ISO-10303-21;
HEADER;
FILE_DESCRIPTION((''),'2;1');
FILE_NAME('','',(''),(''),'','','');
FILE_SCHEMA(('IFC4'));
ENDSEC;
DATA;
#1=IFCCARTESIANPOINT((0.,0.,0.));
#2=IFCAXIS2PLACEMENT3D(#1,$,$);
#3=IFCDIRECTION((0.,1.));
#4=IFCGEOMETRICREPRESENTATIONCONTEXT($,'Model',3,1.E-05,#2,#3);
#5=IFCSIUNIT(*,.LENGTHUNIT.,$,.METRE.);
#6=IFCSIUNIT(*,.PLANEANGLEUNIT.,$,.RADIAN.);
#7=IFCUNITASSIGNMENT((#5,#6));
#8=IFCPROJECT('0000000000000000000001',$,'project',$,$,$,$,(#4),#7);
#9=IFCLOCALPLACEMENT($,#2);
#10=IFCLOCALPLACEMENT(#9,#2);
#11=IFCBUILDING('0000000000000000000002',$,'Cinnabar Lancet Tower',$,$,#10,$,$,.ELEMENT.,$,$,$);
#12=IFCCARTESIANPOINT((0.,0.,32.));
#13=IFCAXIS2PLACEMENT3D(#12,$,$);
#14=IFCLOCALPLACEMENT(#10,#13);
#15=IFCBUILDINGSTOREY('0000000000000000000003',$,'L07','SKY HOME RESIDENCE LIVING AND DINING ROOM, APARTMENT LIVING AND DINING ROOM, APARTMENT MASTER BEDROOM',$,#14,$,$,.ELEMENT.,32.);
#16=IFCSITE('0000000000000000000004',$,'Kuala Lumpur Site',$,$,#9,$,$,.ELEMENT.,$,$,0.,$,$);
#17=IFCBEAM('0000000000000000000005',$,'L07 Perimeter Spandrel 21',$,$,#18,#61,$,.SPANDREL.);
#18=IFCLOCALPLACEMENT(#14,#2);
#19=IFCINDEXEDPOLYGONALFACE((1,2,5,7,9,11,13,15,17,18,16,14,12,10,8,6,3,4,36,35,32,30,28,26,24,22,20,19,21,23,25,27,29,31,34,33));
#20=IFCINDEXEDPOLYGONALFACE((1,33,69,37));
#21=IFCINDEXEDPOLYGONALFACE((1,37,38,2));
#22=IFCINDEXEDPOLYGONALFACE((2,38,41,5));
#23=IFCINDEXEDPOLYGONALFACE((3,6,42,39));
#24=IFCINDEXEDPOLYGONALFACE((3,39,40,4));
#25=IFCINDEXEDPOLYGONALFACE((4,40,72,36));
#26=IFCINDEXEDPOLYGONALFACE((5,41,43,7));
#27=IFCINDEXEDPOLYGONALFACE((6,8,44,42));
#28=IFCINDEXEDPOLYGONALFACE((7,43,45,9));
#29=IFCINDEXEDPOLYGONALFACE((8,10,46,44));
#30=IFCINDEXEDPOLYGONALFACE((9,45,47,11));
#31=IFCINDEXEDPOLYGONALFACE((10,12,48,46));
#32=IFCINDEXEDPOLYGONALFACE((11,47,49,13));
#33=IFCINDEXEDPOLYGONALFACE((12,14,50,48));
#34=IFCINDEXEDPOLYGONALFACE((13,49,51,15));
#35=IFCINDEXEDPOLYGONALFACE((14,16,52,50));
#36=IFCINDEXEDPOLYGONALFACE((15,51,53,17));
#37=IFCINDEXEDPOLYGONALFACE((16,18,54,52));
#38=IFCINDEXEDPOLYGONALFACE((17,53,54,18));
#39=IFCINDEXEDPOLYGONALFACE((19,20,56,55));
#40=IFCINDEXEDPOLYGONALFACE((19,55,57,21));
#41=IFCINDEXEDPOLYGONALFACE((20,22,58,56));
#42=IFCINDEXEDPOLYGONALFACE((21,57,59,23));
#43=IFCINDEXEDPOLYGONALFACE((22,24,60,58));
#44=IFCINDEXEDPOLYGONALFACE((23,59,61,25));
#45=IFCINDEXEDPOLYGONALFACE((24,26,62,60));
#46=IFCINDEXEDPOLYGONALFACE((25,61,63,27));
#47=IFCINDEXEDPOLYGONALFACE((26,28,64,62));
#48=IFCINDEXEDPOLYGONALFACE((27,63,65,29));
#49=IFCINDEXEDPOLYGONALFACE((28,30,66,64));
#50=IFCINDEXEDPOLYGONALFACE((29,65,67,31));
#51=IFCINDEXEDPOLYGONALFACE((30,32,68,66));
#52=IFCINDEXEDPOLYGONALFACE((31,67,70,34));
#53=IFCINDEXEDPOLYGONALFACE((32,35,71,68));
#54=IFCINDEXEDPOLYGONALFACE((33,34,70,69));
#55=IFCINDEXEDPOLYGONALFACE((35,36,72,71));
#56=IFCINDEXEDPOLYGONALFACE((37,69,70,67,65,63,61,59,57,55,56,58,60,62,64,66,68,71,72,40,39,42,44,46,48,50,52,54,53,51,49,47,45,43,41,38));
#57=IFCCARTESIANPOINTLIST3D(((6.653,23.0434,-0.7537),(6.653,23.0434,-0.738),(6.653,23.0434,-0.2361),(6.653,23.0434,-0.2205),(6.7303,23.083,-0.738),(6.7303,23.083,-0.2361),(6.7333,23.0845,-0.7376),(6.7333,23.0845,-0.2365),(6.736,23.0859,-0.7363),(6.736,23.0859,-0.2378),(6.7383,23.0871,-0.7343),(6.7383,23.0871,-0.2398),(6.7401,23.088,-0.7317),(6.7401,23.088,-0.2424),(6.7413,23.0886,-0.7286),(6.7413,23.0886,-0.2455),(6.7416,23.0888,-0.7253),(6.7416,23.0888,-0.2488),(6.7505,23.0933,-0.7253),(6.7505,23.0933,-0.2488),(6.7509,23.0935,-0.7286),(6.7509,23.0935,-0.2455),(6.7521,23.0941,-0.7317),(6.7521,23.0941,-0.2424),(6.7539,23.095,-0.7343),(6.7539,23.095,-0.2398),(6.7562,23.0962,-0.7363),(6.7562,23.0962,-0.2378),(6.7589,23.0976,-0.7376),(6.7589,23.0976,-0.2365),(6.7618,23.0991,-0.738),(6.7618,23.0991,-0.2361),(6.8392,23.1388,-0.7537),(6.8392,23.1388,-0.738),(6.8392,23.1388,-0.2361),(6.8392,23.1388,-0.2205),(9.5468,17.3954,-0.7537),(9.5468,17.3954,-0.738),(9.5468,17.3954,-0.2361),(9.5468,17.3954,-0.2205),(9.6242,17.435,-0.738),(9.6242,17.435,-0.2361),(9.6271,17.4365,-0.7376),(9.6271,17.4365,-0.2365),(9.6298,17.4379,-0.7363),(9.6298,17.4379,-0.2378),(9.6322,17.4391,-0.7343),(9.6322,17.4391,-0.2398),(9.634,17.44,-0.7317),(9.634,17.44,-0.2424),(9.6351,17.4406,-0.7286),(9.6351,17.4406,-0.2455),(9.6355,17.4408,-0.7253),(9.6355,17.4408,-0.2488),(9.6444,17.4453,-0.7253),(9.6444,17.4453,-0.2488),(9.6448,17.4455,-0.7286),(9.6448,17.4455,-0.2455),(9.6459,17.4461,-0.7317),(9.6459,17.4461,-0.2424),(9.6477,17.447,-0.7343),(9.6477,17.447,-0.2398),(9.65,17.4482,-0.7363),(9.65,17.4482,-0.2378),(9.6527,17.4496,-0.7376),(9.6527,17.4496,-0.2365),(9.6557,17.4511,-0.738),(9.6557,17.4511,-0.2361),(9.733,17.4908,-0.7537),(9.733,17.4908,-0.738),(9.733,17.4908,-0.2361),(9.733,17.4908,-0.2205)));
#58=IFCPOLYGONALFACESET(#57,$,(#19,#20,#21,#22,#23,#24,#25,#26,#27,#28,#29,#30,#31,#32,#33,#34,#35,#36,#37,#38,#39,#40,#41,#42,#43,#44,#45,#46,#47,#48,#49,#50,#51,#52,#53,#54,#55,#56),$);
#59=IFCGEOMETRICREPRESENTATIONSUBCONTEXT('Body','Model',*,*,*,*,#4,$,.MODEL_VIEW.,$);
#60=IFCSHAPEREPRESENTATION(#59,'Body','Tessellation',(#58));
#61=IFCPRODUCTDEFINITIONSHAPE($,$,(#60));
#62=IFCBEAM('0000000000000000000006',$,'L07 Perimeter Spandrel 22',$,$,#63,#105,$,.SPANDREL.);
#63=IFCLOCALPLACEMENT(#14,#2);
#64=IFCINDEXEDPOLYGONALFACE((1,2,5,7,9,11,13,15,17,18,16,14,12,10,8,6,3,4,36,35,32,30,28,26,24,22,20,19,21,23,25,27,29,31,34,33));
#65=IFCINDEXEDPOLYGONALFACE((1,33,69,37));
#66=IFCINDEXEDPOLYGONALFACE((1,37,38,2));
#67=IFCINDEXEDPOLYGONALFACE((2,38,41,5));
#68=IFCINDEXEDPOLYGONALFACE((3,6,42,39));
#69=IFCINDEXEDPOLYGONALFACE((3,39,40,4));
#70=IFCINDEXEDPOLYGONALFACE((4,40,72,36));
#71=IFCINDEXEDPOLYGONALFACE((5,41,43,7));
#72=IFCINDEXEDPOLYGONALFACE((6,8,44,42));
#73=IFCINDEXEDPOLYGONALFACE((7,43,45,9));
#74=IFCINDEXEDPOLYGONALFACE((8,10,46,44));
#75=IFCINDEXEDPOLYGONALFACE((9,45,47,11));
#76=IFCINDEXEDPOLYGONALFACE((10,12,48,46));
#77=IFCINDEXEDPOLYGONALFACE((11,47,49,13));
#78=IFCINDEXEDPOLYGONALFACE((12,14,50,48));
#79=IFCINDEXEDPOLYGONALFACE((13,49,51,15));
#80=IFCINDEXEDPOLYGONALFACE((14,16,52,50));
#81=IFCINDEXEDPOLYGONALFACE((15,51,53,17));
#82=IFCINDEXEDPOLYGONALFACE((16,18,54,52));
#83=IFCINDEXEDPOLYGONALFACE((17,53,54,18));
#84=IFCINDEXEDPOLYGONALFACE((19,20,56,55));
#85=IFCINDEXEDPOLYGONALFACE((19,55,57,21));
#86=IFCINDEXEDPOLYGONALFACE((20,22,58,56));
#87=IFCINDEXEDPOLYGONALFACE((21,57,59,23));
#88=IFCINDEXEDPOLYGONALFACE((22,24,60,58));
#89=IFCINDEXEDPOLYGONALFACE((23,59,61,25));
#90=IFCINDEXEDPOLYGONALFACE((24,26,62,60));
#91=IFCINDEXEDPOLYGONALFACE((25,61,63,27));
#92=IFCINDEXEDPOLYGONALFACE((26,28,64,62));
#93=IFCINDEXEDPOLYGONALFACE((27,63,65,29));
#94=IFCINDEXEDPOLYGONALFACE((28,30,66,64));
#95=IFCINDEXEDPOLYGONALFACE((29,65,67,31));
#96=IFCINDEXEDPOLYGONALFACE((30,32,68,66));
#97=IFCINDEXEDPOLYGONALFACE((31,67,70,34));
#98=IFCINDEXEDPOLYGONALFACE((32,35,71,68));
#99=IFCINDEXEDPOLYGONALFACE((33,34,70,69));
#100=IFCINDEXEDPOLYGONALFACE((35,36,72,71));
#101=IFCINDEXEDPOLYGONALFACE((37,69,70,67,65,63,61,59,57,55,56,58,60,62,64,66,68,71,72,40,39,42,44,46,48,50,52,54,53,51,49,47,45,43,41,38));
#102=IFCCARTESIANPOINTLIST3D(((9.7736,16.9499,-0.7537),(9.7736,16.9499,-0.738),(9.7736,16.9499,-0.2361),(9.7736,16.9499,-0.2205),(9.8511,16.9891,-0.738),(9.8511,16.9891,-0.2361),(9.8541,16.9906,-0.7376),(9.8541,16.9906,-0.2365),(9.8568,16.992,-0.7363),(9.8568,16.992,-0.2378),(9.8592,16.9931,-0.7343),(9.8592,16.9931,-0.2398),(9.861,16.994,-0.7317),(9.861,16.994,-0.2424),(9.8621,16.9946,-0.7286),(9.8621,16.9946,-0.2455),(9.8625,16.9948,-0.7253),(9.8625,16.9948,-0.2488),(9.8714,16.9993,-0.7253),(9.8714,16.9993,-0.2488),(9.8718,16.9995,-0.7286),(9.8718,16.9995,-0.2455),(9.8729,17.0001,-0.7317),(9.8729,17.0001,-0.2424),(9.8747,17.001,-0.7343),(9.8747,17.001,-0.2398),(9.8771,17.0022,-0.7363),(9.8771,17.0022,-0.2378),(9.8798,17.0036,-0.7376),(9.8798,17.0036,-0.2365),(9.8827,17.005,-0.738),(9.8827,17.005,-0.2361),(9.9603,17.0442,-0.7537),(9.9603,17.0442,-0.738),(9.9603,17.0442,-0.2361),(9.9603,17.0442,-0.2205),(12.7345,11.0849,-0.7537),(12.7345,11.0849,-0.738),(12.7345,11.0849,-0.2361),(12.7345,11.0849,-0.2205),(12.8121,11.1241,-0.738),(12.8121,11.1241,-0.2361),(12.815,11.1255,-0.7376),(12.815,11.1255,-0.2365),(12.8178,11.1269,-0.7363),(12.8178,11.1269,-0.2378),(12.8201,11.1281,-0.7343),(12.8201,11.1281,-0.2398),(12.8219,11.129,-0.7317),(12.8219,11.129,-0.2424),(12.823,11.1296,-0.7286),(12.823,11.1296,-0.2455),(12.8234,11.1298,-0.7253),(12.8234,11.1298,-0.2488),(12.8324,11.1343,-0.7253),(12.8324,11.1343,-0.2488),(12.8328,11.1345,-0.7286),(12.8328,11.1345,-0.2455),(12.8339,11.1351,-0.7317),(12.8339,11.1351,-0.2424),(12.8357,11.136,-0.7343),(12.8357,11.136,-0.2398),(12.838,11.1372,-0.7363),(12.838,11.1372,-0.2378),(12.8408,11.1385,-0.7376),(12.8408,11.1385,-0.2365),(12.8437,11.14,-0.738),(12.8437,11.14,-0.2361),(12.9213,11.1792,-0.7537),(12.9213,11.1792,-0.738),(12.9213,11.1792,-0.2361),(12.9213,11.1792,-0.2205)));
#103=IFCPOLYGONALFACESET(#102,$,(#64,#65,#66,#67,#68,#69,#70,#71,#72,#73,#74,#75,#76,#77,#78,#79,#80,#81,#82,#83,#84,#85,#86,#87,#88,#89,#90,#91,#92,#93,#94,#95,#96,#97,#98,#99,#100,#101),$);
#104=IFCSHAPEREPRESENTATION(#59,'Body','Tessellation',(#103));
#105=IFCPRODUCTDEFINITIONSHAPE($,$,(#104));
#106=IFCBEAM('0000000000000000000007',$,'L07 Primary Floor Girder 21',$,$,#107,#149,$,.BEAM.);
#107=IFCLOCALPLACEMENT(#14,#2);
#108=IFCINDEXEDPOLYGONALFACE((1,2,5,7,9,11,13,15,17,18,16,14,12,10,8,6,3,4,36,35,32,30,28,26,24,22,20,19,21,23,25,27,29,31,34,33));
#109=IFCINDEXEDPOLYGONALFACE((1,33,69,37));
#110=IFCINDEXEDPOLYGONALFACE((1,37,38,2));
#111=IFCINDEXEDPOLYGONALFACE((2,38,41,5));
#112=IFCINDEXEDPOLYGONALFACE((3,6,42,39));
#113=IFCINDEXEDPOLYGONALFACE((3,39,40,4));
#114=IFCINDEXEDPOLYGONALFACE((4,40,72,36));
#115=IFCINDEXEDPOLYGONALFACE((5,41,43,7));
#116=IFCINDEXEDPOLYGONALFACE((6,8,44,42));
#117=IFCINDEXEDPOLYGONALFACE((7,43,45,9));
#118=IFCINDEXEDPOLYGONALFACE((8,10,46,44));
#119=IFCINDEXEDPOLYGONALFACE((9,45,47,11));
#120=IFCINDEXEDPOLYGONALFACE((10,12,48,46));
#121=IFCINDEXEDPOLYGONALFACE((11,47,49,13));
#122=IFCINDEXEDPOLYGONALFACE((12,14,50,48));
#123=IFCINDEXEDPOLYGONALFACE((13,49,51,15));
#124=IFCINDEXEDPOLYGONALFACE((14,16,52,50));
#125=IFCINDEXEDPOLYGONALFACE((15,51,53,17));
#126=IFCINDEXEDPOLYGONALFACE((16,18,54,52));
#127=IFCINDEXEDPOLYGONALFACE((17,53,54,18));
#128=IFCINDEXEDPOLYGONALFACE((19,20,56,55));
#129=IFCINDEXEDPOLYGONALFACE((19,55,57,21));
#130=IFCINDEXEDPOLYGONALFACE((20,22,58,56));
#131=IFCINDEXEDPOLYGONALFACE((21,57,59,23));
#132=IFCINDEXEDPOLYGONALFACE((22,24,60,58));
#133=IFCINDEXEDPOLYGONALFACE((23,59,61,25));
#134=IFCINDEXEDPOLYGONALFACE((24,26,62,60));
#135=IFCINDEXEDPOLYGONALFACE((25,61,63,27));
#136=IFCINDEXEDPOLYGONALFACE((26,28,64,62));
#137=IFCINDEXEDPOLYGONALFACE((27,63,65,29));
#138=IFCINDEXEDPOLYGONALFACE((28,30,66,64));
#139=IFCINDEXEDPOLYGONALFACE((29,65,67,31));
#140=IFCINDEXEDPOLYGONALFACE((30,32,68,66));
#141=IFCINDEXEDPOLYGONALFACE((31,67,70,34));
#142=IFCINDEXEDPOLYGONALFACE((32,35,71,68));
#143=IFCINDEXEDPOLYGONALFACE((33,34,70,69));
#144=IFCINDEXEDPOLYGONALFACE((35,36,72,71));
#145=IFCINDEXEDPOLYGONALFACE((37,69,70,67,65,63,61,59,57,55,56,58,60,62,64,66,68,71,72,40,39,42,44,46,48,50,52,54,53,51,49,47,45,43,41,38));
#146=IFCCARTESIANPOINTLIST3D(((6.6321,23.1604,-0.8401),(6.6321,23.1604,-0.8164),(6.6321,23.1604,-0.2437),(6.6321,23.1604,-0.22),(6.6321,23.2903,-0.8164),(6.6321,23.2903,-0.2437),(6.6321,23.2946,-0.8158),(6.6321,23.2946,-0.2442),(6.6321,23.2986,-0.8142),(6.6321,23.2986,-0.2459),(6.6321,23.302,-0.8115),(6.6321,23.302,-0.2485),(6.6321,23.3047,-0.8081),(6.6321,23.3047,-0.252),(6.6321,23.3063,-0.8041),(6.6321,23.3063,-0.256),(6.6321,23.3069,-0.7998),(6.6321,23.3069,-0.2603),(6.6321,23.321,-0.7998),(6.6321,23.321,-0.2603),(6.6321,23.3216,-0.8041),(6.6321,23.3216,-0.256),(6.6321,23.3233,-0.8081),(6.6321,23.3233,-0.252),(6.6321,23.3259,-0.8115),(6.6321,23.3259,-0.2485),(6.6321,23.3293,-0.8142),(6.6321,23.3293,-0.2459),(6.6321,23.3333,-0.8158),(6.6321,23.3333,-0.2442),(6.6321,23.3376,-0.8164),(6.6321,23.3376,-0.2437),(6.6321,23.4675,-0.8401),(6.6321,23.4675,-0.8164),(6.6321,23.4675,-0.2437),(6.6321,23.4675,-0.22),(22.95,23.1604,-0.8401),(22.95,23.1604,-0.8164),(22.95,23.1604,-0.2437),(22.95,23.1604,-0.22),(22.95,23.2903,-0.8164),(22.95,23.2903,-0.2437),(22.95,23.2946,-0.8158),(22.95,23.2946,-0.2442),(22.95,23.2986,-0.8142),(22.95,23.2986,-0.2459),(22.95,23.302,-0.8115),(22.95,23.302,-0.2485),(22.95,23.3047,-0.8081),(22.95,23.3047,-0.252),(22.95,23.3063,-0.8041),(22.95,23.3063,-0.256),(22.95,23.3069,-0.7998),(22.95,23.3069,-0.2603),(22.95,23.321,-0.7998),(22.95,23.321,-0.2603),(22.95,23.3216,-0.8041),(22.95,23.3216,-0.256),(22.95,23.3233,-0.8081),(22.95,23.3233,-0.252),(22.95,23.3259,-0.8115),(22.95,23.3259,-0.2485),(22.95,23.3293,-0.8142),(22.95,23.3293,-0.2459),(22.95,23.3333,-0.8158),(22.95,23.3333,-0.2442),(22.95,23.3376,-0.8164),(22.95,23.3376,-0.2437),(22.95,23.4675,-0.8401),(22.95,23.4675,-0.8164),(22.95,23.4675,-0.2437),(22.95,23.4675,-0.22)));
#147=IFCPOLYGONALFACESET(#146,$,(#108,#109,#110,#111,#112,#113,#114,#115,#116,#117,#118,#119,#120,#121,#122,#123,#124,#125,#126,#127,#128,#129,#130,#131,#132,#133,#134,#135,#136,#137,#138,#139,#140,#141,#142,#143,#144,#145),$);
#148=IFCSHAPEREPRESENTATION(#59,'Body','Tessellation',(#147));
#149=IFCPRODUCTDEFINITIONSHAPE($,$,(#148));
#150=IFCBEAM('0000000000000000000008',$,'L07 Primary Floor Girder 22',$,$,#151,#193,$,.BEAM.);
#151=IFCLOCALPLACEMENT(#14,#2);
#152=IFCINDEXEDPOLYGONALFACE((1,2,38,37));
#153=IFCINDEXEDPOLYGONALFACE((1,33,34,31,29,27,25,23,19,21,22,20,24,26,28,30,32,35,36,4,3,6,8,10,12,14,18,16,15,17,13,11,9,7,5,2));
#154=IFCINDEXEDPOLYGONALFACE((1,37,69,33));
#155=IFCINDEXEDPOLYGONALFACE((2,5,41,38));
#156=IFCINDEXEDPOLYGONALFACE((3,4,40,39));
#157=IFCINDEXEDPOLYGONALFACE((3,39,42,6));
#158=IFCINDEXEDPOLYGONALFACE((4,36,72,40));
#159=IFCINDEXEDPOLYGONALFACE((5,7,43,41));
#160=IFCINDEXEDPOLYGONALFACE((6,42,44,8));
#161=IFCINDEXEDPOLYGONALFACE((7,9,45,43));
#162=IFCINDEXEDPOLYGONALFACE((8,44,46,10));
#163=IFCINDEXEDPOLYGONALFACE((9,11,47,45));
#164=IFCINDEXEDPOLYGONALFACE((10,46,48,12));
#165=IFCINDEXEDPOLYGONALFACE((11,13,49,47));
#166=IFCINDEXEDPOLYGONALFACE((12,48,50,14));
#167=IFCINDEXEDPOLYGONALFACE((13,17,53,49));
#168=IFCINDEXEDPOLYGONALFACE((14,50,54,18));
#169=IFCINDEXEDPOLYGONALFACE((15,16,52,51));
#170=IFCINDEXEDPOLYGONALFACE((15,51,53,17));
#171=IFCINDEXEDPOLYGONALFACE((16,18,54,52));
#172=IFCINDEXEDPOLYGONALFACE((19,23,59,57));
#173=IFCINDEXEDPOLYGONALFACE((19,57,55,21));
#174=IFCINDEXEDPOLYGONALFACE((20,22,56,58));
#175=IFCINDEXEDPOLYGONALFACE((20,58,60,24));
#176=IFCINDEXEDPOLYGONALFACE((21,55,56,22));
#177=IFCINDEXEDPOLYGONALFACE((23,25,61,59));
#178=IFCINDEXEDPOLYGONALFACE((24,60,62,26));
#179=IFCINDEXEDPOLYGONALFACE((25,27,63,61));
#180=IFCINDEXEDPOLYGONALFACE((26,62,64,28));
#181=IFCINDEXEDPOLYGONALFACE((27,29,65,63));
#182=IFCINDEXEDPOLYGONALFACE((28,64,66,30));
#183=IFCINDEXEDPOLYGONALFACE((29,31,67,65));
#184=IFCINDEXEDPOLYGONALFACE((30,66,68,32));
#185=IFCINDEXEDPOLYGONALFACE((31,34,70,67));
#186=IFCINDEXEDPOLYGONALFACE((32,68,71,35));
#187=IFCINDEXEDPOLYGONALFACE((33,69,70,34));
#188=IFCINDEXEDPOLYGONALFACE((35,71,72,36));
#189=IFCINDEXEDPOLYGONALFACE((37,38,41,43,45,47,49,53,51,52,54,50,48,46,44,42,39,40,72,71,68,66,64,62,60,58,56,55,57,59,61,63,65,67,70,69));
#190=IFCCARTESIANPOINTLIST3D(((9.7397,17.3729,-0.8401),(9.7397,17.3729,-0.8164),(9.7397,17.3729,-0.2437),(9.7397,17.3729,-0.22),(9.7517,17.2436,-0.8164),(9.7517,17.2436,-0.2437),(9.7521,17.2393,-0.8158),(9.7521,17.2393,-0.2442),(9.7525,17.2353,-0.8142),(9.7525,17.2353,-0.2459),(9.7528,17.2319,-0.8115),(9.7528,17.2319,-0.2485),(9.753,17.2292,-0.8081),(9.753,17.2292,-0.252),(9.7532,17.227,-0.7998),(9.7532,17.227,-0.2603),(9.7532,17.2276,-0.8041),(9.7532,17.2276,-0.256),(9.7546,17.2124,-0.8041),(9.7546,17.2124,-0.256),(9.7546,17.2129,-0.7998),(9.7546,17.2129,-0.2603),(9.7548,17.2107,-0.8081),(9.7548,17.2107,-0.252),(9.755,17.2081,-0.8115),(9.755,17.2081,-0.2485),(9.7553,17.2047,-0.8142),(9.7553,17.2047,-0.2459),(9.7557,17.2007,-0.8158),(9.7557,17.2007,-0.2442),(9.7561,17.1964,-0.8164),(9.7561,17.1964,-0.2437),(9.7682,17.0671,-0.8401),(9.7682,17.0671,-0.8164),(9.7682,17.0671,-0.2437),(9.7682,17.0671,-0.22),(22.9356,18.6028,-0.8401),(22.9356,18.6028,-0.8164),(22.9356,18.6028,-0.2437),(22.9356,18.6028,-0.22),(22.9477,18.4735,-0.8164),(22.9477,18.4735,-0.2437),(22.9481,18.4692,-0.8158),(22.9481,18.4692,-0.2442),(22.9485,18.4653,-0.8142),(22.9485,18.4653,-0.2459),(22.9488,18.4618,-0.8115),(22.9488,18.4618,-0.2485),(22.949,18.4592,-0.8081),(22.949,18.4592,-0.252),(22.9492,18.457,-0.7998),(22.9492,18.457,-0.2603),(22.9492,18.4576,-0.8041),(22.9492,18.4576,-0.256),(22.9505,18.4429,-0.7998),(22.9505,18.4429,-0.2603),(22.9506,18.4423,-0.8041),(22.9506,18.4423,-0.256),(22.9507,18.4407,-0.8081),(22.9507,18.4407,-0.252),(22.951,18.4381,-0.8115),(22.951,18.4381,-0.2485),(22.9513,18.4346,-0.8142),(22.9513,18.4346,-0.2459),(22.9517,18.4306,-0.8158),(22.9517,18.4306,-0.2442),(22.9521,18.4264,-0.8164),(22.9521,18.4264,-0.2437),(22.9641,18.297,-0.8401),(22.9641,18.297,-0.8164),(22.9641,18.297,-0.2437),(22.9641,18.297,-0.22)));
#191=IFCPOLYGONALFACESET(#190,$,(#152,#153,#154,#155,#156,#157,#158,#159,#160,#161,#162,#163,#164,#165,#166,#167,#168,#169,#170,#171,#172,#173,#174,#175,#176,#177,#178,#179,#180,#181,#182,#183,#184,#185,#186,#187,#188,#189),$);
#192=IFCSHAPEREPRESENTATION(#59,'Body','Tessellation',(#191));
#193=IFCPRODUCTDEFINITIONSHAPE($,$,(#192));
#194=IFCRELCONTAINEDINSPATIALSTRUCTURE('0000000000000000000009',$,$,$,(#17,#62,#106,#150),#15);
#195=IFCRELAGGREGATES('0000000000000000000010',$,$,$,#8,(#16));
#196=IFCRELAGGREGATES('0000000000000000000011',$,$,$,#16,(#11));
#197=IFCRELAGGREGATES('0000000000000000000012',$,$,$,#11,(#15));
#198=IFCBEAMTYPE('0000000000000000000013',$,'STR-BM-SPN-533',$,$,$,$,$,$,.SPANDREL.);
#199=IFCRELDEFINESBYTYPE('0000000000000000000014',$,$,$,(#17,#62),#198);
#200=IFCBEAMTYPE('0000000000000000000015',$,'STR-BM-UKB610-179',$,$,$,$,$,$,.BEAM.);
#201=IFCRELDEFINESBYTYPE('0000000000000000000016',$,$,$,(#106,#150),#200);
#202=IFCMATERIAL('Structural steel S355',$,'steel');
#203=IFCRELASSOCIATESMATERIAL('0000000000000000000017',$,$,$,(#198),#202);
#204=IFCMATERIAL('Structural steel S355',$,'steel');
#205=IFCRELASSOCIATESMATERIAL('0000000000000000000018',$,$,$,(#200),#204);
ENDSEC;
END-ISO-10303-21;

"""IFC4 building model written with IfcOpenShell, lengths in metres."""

from ifc_helpers import new_model, si_unit, direction, frame, origin, origin_2d, place, context, subcontext, project, spatial, i_section, extrude, material, material_profile, profile_set, type_object, element, save


model = new_model("IFC4")

# Units and contexts
model_context = context("Model", 3, precision=1e-05, world=origin(), true_north=direction((0.0, 1.0)))
body_context = subcontext(model_context, "Body", "Model", "MODEL_VIEW")
ifc_project = project(units=[si_unit("LENGTHUNIT", "METRE"), si_unit("PLANEANGLEUNIT", "RADIAN")], contexts=[model_context])

# Site, building, storey
site_placement = place(None, origin())
site = spatial("IfcSite", under=ifc_project, at=site_placement, Name="Kuala Lumpur Site", CompositionType="ELEMENT", RefElevation=0.0)
building_placement = place(site_placement, origin())
building = spatial("IfcBuilding", under=site, at=building_placement, Name="Cinnabar Lancet Tower", CompositionType="ELEMENT")
storey_placement = place(building_placement, frame((0.0, 0.0, 32.0)))
storey = spatial("IfcBuildingStorey", under=building, at=storey_placement, Name="L07", Description="SKY HOME RESIDENCE LIVING AND DINING ROOM, APARTMENT LIVING AND DINING ROOM, APARTMENT MASTER BEDROOM", CompositionType="ELEMENT", Elevation=32.0)

# Beams
ifc_material_1 = material(Name="Structural steel S355", Category="steel")
ifc_material_profile_1 = material_profile(ifc_material_1, i_section(OverallWidth=0.2092, OverallDepth=0.5332, WebThickness=0.01, FlangeThickness=0.0156, FilletRadius=0.0127, at=origin_2d()), Name="UKB 533x210x92")
ifc_profile_set_1 = profile_set([ifc_material_profile_1], Name="Structural steel S355")
beam_type_1 = type_object("IfcBeamType", Name="STR-BM-SPN-533", PredefinedType="SPANDREL", material=ifc_profile_set_1)
beam_1_placement = place(storey_placement, frame((6.7461, 23.0911, -0.4871), z_axis=(0.455994, -0.889983, 0.0), x_axis=(0.889983, 0.455994, 0.0)))
element("IfcBeam", 1, at=beam_1_placement, inside=storey, type_object=beam_type_1, Name="L07 Perimeter Spandrel 21", PredefinedType="SPANDREL", context=body_context, shape_type="SweptSolid", body=[
    extrude(i_section(OverallWidth=0.2092, OverallDepth=0.5332, WebThickness=0.01, FlangeThickness=0.0156, FilletRadius=0.0127, at=origin_2d()), origin(), (0.0, 0.0, 1.0), 6.3462),
])
beam_2_placement = place(storey_placement, frame((9.8669, 16.9971, -0.4871), z_axis=(0.450674, -0.892689, 0.0), x_axis=(0.892689, 0.450674, 0.0)))
element("IfcBeam", 2, at=beam_2_placement, inside=storey, type_object=beam_type_1, Name="L07 Perimeter Spandrel 22", PredefinedType="SPANDREL", context=body_context, shape_type="SweptSolid", body=[
    extrude(i_section(OverallWidth=0.2092, OverallDepth=0.5332, WebThickness=0.01, FlangeThickness=0.0156, FilletRadius=0.0127, at=origin_2d()), origin(), (0.0, 0.0, 1.0), 6.5701),
])
ifc_material_2 = material(Name="Structural steel S355", Category="steel")
ifc_material_profile_2 = material_profile(ifc_material_2, i_section(OverallWidth=0.3071, OverallDepth=0.6201, WebThickness=0.0142, FlangeThickness=0.0237, FilletRadius=0.0166, at=origin_2d()), Name="UKB 610x305x179")
ifc_profile_set_2 = profile_set([ifc_material_profile_2], Name="Structural steel S355")
beam_type_2 = type_object("IfcBeamType", Name="STR-BM-UKB610-179", PredefinedType="BEAM", material=ifc_profile_set_2)
beam_3_placement = place(storey_placement, frame((6.6321, 23.314, -0.53), z_axis=(1.0, 0.0, 0.0), x_axis=(0.0, 1.0, 0.0)))
element("IfcBeam", 3, at=beam_3_placement, inside=storey, type_object=beam_type_2, Name="L07 Primary Floor Girder 21", PredefinedType="BEAM", context=body_context, shape_type="SweptSolid", body=[
    extrude(i_section(OverallWidth=0.3071, OverallDepth=0.6201, WebThickness=0.0142, FlangeThickness=0.0237, FilletRadius=0.0166, at=origin_2d()), origin(), (0.0, 0.0, 1.0), 16.3179),
])
beam_4_placement = place(storey_placement, frame((9.7539, 17.22, -0.53), z_axis=(0.995684, 0.092806, 0.0), x_axis=(-0.092806, 0.995684, 0.0)))
element("IfcBeam", 4, at=beam_4_placement, inside=storey, type_object=beam_type_2, Name="L07 Primary Floor Girder 22", PredefinedType="BEAM", context=body_context, shape_type="SweptSolid", body=[
    extrude(i_section(OverallWidth=0.3071, OverallDepth=0.6201, WebThickness=0.0142, FlangeThickness=0.0237, FilletRadius=0.0166, at=origin_2d()), origin(), (0.0, 0.0, 1.0), 13.2532),
])

save(model, "model.ifc")
